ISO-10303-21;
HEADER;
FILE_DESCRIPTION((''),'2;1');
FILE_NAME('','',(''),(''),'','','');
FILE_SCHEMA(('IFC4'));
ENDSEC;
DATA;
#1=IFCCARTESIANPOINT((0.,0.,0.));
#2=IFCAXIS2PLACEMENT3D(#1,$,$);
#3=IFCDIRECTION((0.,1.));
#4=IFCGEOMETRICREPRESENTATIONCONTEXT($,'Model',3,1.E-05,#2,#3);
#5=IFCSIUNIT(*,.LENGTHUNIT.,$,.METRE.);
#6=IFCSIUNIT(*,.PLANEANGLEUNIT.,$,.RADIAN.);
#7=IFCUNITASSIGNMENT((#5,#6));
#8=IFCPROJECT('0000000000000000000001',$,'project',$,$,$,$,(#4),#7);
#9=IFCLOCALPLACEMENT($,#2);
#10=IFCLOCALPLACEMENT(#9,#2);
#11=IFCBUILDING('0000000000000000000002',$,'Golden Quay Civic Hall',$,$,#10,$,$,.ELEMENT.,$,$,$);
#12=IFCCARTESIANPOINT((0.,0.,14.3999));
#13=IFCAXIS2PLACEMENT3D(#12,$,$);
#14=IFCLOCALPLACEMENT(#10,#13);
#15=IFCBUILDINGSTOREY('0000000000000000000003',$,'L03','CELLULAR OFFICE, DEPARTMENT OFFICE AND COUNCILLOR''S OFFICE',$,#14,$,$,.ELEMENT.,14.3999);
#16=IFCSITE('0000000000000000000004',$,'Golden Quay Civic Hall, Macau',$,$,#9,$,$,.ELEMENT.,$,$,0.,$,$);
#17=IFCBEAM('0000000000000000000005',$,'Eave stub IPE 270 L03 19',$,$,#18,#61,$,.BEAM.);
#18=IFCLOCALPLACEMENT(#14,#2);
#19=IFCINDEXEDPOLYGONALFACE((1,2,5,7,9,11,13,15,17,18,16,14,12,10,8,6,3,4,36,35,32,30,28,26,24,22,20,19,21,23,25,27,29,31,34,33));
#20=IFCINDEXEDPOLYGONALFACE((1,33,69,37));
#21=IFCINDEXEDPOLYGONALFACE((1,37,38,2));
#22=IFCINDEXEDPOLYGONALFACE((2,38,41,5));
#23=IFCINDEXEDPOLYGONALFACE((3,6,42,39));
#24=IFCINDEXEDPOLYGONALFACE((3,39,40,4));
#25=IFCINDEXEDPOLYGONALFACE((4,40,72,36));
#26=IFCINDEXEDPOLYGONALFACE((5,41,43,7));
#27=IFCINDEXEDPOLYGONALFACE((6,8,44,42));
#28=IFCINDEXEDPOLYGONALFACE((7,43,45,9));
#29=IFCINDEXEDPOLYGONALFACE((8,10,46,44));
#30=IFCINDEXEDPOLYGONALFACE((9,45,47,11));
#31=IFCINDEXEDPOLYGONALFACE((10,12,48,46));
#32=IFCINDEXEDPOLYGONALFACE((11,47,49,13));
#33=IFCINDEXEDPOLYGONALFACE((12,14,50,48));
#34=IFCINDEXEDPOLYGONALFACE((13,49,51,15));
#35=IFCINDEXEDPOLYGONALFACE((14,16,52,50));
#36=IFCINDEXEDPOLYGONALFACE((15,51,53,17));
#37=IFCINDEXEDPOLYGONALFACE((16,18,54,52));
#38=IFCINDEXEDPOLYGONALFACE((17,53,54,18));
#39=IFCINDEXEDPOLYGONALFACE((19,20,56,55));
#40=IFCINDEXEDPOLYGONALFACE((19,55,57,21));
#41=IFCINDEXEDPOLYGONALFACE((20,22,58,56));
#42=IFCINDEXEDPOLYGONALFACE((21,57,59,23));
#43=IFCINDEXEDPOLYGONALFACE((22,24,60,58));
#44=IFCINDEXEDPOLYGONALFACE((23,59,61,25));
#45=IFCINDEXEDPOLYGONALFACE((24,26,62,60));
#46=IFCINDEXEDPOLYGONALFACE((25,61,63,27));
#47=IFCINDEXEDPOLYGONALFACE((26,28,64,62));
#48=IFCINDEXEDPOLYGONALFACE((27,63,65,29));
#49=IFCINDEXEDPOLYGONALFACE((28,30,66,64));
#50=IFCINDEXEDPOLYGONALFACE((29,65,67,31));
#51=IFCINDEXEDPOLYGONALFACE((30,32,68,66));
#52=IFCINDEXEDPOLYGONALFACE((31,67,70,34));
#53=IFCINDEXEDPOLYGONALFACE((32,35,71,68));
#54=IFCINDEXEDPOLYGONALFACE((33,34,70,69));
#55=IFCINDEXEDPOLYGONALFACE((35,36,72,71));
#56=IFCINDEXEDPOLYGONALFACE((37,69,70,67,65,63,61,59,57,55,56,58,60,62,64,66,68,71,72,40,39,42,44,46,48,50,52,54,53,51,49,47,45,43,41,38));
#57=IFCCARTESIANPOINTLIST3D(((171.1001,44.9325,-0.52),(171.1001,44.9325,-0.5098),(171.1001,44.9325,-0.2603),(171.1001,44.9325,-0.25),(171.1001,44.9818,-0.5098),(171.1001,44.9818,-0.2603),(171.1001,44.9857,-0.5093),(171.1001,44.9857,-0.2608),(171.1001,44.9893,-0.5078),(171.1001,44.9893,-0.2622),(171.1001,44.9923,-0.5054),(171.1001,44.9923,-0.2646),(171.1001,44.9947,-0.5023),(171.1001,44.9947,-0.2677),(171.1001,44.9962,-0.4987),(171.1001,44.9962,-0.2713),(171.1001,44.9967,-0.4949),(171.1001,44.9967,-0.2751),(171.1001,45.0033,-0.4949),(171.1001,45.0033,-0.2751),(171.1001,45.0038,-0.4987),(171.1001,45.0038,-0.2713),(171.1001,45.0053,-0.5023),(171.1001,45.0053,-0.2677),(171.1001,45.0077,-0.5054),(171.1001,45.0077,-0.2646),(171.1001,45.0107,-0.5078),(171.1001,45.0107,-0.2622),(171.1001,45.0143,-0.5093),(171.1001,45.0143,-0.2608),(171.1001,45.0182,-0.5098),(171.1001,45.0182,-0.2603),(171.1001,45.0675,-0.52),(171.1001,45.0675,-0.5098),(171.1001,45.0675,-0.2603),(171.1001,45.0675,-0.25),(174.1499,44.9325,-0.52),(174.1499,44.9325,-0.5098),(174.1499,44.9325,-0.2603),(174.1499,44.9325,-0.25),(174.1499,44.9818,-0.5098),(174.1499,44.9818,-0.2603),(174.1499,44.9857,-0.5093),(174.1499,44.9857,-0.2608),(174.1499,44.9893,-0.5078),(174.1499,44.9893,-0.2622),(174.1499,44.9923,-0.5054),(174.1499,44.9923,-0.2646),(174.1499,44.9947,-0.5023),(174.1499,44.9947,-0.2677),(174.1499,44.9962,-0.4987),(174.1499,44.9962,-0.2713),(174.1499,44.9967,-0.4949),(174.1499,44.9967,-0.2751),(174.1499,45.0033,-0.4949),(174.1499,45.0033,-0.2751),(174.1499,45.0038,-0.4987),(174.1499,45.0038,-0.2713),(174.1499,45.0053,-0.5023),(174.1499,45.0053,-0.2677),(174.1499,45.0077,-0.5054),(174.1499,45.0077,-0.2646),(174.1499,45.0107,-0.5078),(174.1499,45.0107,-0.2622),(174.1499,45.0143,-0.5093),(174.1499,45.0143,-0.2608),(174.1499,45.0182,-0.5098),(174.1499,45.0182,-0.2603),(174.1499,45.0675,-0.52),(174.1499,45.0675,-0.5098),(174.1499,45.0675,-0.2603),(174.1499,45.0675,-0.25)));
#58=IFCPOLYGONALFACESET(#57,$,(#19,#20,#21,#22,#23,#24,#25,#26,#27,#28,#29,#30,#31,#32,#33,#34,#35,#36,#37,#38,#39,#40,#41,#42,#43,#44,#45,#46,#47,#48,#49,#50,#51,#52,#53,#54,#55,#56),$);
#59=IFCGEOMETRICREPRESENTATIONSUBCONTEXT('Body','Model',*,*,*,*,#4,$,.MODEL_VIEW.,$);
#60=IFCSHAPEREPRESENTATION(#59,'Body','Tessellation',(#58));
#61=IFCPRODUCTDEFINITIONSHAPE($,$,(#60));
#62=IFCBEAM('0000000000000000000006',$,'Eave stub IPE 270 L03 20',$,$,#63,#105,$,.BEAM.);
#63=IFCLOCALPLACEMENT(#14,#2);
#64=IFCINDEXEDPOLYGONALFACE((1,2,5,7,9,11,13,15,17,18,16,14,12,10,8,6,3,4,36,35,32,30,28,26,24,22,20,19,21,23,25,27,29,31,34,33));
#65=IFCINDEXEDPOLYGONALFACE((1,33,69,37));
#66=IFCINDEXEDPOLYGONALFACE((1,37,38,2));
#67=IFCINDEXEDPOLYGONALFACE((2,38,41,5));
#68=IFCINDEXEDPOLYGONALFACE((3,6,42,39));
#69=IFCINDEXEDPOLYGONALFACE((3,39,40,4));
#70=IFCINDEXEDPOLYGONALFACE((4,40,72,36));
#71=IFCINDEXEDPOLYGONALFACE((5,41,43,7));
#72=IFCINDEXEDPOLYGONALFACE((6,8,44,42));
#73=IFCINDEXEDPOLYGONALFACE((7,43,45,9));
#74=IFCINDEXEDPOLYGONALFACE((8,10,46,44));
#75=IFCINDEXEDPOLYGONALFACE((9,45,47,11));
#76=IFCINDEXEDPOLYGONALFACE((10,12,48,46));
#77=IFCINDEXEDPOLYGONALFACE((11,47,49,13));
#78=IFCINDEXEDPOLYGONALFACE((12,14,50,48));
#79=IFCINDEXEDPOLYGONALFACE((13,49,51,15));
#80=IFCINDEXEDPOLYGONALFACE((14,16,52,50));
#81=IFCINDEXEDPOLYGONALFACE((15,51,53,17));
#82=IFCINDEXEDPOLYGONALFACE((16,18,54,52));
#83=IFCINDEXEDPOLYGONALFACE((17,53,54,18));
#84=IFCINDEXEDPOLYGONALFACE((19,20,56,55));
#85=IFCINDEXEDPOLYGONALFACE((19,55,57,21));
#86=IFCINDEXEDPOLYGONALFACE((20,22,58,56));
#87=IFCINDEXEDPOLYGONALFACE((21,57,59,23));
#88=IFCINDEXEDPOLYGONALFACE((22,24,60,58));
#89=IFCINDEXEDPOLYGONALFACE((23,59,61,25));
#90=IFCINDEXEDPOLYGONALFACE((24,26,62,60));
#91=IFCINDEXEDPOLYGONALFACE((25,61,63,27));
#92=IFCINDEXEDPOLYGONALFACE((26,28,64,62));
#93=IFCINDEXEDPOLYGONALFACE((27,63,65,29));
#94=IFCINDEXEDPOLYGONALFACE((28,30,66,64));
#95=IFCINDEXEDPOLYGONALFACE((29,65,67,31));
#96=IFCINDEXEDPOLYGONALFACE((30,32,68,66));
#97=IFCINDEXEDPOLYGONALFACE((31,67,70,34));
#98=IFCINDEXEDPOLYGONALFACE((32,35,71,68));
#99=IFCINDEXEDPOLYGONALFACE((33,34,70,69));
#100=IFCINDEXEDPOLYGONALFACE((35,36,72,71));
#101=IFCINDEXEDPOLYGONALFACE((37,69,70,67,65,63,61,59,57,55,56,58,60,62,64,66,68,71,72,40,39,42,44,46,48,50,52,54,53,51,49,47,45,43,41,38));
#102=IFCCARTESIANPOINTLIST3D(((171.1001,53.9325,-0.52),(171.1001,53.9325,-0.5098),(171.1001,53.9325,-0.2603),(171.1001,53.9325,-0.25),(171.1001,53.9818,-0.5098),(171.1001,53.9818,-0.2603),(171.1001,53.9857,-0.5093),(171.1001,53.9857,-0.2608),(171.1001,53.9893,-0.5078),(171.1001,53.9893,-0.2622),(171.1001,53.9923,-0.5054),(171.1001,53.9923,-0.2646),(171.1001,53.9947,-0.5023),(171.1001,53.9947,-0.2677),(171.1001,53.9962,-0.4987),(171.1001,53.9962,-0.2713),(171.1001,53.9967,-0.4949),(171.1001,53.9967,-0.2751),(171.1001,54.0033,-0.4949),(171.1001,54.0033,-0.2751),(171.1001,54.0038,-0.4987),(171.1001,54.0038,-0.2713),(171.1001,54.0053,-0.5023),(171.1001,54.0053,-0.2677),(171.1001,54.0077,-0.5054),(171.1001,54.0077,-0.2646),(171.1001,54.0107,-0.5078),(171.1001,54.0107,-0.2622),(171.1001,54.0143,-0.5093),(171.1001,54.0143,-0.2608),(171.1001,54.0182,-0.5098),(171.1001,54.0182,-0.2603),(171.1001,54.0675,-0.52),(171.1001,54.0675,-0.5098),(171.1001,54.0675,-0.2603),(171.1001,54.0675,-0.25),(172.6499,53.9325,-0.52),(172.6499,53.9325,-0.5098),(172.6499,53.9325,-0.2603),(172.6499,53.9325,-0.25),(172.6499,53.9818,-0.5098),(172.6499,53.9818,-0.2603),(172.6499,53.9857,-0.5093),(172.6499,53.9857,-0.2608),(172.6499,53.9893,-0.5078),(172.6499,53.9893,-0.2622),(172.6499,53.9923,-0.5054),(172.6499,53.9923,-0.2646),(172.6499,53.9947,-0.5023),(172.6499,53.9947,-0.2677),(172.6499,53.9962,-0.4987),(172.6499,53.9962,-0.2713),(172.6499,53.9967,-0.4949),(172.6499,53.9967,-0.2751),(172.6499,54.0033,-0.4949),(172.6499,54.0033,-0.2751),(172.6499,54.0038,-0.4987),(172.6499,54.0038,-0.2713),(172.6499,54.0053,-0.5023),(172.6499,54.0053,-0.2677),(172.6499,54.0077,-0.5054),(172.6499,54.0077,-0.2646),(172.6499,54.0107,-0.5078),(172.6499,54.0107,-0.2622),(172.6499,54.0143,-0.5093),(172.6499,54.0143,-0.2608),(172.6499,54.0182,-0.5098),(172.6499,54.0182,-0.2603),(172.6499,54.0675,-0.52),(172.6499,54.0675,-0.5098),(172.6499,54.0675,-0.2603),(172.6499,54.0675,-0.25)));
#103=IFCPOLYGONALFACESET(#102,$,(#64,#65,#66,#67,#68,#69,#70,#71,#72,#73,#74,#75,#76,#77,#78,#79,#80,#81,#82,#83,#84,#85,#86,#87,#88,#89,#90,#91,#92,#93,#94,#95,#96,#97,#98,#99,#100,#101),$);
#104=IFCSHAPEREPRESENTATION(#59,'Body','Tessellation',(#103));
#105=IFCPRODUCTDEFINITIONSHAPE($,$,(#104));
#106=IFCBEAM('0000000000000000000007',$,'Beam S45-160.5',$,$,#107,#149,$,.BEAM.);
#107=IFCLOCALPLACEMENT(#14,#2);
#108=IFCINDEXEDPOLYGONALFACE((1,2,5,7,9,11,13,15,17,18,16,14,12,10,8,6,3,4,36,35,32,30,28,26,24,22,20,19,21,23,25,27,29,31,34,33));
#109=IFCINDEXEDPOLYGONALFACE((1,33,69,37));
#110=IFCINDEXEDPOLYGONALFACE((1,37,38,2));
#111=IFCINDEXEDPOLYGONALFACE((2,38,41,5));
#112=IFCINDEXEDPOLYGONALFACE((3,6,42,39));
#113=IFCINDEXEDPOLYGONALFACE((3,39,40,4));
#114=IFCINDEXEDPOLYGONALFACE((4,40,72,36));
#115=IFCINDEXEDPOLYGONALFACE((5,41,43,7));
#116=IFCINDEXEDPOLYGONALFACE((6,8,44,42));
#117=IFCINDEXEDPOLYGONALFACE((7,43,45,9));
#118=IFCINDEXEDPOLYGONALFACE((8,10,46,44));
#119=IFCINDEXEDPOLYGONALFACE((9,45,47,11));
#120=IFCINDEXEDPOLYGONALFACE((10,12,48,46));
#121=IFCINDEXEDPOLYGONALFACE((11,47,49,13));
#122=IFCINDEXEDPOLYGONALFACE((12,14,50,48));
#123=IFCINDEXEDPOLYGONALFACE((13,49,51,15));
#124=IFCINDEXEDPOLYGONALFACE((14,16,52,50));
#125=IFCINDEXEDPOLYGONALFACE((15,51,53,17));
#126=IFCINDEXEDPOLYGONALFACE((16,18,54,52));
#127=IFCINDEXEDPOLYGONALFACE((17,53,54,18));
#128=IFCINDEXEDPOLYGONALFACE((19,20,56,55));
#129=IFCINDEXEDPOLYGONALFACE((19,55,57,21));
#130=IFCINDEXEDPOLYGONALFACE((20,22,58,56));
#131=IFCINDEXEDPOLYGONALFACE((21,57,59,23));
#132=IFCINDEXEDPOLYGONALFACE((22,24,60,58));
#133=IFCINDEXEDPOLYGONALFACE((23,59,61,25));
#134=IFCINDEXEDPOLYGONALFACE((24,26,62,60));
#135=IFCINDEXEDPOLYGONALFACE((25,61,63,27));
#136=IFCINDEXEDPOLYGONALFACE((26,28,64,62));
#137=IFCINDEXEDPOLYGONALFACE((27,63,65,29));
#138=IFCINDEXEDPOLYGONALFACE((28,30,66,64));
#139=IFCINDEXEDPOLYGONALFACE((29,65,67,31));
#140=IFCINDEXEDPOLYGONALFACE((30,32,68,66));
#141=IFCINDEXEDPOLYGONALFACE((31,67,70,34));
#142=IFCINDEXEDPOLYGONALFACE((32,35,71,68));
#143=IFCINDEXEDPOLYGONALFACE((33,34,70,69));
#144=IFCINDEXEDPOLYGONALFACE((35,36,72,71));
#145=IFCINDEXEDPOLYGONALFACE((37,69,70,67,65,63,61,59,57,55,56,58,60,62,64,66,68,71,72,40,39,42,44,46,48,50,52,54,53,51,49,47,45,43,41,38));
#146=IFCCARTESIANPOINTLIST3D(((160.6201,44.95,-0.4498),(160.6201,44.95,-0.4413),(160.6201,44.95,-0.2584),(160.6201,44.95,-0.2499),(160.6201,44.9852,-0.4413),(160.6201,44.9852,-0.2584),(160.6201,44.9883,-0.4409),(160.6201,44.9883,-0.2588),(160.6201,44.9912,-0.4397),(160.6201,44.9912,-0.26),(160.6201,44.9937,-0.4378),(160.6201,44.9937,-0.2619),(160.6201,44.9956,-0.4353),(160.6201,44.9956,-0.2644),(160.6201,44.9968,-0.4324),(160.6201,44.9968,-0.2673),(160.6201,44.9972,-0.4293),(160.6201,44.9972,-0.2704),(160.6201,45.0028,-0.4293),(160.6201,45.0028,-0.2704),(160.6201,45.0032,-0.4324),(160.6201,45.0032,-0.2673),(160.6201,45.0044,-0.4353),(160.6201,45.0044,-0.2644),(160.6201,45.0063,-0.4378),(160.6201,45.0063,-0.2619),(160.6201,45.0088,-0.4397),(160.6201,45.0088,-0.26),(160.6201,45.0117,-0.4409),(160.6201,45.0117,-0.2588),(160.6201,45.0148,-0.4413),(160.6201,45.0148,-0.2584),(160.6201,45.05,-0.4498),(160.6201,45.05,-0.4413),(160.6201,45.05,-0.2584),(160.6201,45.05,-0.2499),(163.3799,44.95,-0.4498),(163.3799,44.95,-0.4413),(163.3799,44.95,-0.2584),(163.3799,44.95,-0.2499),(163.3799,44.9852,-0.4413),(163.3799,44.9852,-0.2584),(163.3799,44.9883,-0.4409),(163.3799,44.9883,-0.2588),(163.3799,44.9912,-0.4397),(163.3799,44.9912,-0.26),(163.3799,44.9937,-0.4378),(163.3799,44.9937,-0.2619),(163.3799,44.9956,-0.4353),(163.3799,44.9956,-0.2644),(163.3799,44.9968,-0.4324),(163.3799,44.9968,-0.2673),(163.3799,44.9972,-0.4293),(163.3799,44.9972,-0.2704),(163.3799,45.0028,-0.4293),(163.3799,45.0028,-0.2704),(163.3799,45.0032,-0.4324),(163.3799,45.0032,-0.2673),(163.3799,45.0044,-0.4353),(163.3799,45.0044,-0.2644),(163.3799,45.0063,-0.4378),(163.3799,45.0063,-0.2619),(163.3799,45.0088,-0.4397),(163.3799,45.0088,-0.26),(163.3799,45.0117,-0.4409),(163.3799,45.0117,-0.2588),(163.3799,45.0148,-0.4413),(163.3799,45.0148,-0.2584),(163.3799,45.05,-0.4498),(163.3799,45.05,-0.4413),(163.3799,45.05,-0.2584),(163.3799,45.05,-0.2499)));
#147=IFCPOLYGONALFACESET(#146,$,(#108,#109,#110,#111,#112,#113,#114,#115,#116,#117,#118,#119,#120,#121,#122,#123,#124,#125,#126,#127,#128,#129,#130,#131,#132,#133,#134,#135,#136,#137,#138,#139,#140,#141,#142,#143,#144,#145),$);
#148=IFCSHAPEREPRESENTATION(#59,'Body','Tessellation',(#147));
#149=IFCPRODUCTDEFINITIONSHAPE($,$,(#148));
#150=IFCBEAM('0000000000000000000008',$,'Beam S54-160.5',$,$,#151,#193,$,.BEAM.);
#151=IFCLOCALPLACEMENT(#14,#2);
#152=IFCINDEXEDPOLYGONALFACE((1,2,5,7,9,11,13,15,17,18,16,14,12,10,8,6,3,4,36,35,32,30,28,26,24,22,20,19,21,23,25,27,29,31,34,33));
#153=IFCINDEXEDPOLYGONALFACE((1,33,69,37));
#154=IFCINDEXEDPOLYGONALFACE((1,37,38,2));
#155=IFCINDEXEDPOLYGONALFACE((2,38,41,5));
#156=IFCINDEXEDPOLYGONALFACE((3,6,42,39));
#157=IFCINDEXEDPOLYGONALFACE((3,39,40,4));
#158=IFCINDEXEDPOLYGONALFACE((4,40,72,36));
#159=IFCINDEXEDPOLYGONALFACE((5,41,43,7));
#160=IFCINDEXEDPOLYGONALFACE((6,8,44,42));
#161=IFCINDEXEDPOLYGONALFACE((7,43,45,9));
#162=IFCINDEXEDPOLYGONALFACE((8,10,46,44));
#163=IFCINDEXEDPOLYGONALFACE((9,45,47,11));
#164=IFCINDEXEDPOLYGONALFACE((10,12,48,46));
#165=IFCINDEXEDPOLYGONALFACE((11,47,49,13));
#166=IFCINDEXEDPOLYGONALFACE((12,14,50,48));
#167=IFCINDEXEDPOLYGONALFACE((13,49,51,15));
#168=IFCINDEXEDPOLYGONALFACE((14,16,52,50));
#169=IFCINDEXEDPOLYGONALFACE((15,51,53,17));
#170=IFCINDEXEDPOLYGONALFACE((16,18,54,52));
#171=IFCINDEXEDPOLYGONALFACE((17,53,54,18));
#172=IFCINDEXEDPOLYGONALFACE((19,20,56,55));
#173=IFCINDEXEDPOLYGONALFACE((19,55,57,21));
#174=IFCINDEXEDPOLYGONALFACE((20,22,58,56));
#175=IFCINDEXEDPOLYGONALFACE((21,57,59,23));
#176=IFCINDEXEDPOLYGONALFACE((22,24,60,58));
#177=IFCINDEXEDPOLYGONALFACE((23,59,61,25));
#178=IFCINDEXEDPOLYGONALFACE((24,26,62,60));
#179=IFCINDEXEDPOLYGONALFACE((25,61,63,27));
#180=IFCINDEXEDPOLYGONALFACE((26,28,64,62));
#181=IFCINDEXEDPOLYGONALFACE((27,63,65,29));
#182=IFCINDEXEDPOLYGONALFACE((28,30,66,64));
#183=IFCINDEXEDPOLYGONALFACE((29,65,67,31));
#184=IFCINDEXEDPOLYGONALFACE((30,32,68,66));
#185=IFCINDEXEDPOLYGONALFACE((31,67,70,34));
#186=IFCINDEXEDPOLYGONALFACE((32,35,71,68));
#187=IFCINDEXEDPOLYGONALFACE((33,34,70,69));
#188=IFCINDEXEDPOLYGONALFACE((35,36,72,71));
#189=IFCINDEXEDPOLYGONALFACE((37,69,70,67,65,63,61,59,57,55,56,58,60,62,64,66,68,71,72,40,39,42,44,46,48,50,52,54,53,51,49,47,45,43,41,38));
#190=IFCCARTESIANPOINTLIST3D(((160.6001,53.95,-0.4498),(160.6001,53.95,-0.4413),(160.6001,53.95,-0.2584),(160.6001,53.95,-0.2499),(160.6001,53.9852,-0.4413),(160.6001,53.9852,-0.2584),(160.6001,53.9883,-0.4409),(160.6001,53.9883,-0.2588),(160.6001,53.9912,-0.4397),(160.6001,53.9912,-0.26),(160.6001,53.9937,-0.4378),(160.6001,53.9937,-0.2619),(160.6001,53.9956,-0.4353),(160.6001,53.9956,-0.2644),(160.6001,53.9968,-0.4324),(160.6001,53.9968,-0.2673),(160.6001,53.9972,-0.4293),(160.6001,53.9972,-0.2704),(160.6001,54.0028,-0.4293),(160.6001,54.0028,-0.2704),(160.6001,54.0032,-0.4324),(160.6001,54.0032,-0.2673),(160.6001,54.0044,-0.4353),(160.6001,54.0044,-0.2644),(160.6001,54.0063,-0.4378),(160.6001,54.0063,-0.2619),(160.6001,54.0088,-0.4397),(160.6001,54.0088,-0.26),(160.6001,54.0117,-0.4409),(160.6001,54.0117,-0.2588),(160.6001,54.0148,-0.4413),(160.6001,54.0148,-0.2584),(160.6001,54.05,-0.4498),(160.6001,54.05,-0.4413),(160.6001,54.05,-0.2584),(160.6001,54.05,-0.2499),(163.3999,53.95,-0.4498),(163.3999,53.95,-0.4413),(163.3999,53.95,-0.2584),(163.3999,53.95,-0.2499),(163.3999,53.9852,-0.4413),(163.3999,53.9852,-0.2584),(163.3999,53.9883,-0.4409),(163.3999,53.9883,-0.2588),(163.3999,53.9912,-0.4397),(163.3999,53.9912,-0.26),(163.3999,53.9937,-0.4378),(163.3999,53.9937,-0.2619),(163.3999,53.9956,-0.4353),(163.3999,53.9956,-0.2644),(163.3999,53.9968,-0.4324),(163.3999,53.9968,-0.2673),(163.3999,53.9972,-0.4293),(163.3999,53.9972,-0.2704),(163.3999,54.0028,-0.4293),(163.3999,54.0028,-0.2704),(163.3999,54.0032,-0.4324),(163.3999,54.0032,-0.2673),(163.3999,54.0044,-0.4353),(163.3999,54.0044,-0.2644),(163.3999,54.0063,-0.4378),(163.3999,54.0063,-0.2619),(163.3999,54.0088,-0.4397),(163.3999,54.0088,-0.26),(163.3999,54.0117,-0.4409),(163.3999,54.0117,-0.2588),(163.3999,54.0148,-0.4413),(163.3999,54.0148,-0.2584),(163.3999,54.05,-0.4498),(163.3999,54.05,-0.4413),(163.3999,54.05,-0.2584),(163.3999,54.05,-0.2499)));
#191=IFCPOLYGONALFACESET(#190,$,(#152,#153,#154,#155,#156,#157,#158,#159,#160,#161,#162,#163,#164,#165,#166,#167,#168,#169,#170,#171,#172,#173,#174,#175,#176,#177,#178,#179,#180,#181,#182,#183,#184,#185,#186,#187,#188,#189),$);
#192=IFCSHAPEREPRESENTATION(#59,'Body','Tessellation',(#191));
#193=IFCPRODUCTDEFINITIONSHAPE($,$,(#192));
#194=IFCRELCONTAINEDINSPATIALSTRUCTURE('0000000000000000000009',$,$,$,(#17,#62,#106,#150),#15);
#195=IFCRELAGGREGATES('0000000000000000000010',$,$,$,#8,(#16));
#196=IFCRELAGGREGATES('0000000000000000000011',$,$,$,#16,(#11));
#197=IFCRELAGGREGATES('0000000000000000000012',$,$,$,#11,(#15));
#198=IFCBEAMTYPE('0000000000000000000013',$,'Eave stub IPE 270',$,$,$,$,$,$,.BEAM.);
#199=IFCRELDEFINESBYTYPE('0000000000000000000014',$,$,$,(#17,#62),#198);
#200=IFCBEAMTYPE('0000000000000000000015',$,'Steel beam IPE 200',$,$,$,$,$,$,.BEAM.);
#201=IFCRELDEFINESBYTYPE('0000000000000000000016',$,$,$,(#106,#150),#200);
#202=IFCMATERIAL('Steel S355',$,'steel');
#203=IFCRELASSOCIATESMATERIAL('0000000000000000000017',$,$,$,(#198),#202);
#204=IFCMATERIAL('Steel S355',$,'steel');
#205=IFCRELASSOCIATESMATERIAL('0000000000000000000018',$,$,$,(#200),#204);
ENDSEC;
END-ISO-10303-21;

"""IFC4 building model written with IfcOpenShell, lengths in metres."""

from ifc_helpers import new_model, si_unit, direction, frame, origin, origin_2d, place, context, subcontext, project, spatial, i_section, extrude, material, material_profile, profile_set, type_object, element, save


model = new_model("IFC4")

# Units and contexts
model_context = context("Model", 3, precision=1e-05, world=origin(), true_north=direction((0.0, 1.0)))
body_context = subcontext(model_context, "Body", "Model", "MODEL_VIEW")
ifc_project = project(units=[si_unit("LENGTHUNIT", "METRE"), si_unit("PLANEANGLEUNIT", "RADIAN")], contexts=[model_context])

# Site, building, storey
site_placement = place(None, origin())
site = spatial("IfcSite", under=ifc_project, at=site_placement, Name="Golden Quay Civic Hall, Macau", CompositionType="ELEMENT", RefElevation=0.0)
building_placement = place(site_placement, origin())
building = spatial("IfcBuilding", under=site, at=building_placement, Name="Golden Quay Civic Hall", CompositionType="ELEMENT")
storey_placement = place(building_placement, frame((0.0, 0.0, 14.3999)))
storey = spatial("IfcBuildingStorey", under=building, at=storey_placement, Name="L03", Description="CELLULAR OFFICE, DEPARTMENT OFFICE AND COUNCILLOR'S OFFICE", CompositionType="ELEMENT", Elevation=14.3999)

# Beams
ifc_material_1 = material(Name="Steel S355", Category="steel")
ifc_material_profile_1 = material_profile(ifc_material_1, i_section(OverallWidth=0.135, OverallDepth=0.27, WebThickness=0.0066, FlangeThickness=0.0103, FilletRadius=0.0149, at=origin_2d()), Name="IPE 270")
ifc_profile_set_1 = profile_set([ifc_material_profile_1], Name="Steel S355")
beam_type_1 = type_object("IfcBeamType", Name="Eave stub IPE 270", PredefinedType="BEAM", material=ifc_profile_set_1)
beam_1_placement = place(storey_placement, frame((171.1001, 45.0, -0.385), z_axis=(1.0, 0.0, 0.0), x_axis=(0.0, 1.0, 0.0)))
element("IfcBeam", 1, at=beam_1_placement, inside=storey, type_object=beam_type_1, Name="Eave stub IPE 270 L03 19", PredefinedType="BEAM", context=body_context, shape_type="SweptSolid", body=[
    extrude(i_section(OverallWidth=0.135, OverallDepth=0.27, WebThickness=0.0066, FlangeThickness=0.0103, FilletRadius=0.0149, at=origin_2d()), origin(), (0.0, 0.0, 1.0), 3.0498),
])
beam_2_placement = place(storey_placement, frame((171.1001, 54.0, -0.385), z_axis=(1.0, 0.0, 0.0), x_axis=(0.0, 1.0, 0.0)))
element("IfcBeam", 2, at=beam_2_placement, inside=storey, type_object=beam_type_1, Name="Eave stub IPE 270 L03 20", PredefinedType="BEAM", context=body_context, shape_type="SweptSolid", body=[
    extrude(i_section(OverallWidth=0.135, OverallDepth=0.27, WebThickness=0.0066, FlangeThickness=0.0103, FilletRadius=0.0149, at=origin_2d()), origin(), (0.0, 0.0, 1.0), 1.5498),
])
ifc_material_2 = material(Name="Steel S355", Category="steel")
ifc_material_profile_2 = material_profile(ifc_material_2, i_section(OverallWidth=0.1001, OverallDepth=0.2, WebThickness=0.0056, FlangeThickness=0.0085, FilletRadius=0.012, at=origin_2d()), Name="IPE 200")
ifc_profile_set_2 = profile_set([ifc_material_profile_2], Name="Steel S355")
beam_type_2 = type_object("IfcBeamType", Name="Steel beam IPE 200", PredefinedType="BEAM", material=ifc_profile_set_2)
beam_3_placement = place(storey_placement, frame((160.6201, 45.0, -0.3499), z_axis=(1.0, 0.0, 0.0), x_axis=(0.0, 1.0, 0.0)))
element("IfcBeam", 3, at=beam_3_placement, inside=storey, type_object=beam_type_2, Name="Beam S45-160.5", PredefinedType="BEAM", context=body_context, shape_type="SweptSolid", body=[
    extrude(i_section(OverallWidth=0.1001, OverallDepth=0.2, WebThickness=0.0056, FlangeThickness=0.0085, FilletRadius=0.012, at=origin_2d()), origin(), (0.0, 0.0, 1.0), 2.7598),
])
beam_4_placement = place(storey_placement, frame((160.6001, 54.0, -0.3499), z_axis=(1.0, 0.0, 0.0), x_axis=(0.0, 1.0, 0.0)))
element("IfcBeam", 4, at=beam_4_placement, inside=storey, type_object=beam_type_2, Name="Beam S54-160.5", PredefinedType="BEAM", context=body_context, shape_type="SweptSolid", body=[
    extrude(i_section(OverallWidth=0.1001, OverallDepth=0.2, WebThickness=0.0056, FlangeThickness=0.0085, FilletRadius=0.012, at=origin_2d()), origin(), (0.0, 0.0, 1.0), 2.7998),
])

save(model, "model.ifc")
